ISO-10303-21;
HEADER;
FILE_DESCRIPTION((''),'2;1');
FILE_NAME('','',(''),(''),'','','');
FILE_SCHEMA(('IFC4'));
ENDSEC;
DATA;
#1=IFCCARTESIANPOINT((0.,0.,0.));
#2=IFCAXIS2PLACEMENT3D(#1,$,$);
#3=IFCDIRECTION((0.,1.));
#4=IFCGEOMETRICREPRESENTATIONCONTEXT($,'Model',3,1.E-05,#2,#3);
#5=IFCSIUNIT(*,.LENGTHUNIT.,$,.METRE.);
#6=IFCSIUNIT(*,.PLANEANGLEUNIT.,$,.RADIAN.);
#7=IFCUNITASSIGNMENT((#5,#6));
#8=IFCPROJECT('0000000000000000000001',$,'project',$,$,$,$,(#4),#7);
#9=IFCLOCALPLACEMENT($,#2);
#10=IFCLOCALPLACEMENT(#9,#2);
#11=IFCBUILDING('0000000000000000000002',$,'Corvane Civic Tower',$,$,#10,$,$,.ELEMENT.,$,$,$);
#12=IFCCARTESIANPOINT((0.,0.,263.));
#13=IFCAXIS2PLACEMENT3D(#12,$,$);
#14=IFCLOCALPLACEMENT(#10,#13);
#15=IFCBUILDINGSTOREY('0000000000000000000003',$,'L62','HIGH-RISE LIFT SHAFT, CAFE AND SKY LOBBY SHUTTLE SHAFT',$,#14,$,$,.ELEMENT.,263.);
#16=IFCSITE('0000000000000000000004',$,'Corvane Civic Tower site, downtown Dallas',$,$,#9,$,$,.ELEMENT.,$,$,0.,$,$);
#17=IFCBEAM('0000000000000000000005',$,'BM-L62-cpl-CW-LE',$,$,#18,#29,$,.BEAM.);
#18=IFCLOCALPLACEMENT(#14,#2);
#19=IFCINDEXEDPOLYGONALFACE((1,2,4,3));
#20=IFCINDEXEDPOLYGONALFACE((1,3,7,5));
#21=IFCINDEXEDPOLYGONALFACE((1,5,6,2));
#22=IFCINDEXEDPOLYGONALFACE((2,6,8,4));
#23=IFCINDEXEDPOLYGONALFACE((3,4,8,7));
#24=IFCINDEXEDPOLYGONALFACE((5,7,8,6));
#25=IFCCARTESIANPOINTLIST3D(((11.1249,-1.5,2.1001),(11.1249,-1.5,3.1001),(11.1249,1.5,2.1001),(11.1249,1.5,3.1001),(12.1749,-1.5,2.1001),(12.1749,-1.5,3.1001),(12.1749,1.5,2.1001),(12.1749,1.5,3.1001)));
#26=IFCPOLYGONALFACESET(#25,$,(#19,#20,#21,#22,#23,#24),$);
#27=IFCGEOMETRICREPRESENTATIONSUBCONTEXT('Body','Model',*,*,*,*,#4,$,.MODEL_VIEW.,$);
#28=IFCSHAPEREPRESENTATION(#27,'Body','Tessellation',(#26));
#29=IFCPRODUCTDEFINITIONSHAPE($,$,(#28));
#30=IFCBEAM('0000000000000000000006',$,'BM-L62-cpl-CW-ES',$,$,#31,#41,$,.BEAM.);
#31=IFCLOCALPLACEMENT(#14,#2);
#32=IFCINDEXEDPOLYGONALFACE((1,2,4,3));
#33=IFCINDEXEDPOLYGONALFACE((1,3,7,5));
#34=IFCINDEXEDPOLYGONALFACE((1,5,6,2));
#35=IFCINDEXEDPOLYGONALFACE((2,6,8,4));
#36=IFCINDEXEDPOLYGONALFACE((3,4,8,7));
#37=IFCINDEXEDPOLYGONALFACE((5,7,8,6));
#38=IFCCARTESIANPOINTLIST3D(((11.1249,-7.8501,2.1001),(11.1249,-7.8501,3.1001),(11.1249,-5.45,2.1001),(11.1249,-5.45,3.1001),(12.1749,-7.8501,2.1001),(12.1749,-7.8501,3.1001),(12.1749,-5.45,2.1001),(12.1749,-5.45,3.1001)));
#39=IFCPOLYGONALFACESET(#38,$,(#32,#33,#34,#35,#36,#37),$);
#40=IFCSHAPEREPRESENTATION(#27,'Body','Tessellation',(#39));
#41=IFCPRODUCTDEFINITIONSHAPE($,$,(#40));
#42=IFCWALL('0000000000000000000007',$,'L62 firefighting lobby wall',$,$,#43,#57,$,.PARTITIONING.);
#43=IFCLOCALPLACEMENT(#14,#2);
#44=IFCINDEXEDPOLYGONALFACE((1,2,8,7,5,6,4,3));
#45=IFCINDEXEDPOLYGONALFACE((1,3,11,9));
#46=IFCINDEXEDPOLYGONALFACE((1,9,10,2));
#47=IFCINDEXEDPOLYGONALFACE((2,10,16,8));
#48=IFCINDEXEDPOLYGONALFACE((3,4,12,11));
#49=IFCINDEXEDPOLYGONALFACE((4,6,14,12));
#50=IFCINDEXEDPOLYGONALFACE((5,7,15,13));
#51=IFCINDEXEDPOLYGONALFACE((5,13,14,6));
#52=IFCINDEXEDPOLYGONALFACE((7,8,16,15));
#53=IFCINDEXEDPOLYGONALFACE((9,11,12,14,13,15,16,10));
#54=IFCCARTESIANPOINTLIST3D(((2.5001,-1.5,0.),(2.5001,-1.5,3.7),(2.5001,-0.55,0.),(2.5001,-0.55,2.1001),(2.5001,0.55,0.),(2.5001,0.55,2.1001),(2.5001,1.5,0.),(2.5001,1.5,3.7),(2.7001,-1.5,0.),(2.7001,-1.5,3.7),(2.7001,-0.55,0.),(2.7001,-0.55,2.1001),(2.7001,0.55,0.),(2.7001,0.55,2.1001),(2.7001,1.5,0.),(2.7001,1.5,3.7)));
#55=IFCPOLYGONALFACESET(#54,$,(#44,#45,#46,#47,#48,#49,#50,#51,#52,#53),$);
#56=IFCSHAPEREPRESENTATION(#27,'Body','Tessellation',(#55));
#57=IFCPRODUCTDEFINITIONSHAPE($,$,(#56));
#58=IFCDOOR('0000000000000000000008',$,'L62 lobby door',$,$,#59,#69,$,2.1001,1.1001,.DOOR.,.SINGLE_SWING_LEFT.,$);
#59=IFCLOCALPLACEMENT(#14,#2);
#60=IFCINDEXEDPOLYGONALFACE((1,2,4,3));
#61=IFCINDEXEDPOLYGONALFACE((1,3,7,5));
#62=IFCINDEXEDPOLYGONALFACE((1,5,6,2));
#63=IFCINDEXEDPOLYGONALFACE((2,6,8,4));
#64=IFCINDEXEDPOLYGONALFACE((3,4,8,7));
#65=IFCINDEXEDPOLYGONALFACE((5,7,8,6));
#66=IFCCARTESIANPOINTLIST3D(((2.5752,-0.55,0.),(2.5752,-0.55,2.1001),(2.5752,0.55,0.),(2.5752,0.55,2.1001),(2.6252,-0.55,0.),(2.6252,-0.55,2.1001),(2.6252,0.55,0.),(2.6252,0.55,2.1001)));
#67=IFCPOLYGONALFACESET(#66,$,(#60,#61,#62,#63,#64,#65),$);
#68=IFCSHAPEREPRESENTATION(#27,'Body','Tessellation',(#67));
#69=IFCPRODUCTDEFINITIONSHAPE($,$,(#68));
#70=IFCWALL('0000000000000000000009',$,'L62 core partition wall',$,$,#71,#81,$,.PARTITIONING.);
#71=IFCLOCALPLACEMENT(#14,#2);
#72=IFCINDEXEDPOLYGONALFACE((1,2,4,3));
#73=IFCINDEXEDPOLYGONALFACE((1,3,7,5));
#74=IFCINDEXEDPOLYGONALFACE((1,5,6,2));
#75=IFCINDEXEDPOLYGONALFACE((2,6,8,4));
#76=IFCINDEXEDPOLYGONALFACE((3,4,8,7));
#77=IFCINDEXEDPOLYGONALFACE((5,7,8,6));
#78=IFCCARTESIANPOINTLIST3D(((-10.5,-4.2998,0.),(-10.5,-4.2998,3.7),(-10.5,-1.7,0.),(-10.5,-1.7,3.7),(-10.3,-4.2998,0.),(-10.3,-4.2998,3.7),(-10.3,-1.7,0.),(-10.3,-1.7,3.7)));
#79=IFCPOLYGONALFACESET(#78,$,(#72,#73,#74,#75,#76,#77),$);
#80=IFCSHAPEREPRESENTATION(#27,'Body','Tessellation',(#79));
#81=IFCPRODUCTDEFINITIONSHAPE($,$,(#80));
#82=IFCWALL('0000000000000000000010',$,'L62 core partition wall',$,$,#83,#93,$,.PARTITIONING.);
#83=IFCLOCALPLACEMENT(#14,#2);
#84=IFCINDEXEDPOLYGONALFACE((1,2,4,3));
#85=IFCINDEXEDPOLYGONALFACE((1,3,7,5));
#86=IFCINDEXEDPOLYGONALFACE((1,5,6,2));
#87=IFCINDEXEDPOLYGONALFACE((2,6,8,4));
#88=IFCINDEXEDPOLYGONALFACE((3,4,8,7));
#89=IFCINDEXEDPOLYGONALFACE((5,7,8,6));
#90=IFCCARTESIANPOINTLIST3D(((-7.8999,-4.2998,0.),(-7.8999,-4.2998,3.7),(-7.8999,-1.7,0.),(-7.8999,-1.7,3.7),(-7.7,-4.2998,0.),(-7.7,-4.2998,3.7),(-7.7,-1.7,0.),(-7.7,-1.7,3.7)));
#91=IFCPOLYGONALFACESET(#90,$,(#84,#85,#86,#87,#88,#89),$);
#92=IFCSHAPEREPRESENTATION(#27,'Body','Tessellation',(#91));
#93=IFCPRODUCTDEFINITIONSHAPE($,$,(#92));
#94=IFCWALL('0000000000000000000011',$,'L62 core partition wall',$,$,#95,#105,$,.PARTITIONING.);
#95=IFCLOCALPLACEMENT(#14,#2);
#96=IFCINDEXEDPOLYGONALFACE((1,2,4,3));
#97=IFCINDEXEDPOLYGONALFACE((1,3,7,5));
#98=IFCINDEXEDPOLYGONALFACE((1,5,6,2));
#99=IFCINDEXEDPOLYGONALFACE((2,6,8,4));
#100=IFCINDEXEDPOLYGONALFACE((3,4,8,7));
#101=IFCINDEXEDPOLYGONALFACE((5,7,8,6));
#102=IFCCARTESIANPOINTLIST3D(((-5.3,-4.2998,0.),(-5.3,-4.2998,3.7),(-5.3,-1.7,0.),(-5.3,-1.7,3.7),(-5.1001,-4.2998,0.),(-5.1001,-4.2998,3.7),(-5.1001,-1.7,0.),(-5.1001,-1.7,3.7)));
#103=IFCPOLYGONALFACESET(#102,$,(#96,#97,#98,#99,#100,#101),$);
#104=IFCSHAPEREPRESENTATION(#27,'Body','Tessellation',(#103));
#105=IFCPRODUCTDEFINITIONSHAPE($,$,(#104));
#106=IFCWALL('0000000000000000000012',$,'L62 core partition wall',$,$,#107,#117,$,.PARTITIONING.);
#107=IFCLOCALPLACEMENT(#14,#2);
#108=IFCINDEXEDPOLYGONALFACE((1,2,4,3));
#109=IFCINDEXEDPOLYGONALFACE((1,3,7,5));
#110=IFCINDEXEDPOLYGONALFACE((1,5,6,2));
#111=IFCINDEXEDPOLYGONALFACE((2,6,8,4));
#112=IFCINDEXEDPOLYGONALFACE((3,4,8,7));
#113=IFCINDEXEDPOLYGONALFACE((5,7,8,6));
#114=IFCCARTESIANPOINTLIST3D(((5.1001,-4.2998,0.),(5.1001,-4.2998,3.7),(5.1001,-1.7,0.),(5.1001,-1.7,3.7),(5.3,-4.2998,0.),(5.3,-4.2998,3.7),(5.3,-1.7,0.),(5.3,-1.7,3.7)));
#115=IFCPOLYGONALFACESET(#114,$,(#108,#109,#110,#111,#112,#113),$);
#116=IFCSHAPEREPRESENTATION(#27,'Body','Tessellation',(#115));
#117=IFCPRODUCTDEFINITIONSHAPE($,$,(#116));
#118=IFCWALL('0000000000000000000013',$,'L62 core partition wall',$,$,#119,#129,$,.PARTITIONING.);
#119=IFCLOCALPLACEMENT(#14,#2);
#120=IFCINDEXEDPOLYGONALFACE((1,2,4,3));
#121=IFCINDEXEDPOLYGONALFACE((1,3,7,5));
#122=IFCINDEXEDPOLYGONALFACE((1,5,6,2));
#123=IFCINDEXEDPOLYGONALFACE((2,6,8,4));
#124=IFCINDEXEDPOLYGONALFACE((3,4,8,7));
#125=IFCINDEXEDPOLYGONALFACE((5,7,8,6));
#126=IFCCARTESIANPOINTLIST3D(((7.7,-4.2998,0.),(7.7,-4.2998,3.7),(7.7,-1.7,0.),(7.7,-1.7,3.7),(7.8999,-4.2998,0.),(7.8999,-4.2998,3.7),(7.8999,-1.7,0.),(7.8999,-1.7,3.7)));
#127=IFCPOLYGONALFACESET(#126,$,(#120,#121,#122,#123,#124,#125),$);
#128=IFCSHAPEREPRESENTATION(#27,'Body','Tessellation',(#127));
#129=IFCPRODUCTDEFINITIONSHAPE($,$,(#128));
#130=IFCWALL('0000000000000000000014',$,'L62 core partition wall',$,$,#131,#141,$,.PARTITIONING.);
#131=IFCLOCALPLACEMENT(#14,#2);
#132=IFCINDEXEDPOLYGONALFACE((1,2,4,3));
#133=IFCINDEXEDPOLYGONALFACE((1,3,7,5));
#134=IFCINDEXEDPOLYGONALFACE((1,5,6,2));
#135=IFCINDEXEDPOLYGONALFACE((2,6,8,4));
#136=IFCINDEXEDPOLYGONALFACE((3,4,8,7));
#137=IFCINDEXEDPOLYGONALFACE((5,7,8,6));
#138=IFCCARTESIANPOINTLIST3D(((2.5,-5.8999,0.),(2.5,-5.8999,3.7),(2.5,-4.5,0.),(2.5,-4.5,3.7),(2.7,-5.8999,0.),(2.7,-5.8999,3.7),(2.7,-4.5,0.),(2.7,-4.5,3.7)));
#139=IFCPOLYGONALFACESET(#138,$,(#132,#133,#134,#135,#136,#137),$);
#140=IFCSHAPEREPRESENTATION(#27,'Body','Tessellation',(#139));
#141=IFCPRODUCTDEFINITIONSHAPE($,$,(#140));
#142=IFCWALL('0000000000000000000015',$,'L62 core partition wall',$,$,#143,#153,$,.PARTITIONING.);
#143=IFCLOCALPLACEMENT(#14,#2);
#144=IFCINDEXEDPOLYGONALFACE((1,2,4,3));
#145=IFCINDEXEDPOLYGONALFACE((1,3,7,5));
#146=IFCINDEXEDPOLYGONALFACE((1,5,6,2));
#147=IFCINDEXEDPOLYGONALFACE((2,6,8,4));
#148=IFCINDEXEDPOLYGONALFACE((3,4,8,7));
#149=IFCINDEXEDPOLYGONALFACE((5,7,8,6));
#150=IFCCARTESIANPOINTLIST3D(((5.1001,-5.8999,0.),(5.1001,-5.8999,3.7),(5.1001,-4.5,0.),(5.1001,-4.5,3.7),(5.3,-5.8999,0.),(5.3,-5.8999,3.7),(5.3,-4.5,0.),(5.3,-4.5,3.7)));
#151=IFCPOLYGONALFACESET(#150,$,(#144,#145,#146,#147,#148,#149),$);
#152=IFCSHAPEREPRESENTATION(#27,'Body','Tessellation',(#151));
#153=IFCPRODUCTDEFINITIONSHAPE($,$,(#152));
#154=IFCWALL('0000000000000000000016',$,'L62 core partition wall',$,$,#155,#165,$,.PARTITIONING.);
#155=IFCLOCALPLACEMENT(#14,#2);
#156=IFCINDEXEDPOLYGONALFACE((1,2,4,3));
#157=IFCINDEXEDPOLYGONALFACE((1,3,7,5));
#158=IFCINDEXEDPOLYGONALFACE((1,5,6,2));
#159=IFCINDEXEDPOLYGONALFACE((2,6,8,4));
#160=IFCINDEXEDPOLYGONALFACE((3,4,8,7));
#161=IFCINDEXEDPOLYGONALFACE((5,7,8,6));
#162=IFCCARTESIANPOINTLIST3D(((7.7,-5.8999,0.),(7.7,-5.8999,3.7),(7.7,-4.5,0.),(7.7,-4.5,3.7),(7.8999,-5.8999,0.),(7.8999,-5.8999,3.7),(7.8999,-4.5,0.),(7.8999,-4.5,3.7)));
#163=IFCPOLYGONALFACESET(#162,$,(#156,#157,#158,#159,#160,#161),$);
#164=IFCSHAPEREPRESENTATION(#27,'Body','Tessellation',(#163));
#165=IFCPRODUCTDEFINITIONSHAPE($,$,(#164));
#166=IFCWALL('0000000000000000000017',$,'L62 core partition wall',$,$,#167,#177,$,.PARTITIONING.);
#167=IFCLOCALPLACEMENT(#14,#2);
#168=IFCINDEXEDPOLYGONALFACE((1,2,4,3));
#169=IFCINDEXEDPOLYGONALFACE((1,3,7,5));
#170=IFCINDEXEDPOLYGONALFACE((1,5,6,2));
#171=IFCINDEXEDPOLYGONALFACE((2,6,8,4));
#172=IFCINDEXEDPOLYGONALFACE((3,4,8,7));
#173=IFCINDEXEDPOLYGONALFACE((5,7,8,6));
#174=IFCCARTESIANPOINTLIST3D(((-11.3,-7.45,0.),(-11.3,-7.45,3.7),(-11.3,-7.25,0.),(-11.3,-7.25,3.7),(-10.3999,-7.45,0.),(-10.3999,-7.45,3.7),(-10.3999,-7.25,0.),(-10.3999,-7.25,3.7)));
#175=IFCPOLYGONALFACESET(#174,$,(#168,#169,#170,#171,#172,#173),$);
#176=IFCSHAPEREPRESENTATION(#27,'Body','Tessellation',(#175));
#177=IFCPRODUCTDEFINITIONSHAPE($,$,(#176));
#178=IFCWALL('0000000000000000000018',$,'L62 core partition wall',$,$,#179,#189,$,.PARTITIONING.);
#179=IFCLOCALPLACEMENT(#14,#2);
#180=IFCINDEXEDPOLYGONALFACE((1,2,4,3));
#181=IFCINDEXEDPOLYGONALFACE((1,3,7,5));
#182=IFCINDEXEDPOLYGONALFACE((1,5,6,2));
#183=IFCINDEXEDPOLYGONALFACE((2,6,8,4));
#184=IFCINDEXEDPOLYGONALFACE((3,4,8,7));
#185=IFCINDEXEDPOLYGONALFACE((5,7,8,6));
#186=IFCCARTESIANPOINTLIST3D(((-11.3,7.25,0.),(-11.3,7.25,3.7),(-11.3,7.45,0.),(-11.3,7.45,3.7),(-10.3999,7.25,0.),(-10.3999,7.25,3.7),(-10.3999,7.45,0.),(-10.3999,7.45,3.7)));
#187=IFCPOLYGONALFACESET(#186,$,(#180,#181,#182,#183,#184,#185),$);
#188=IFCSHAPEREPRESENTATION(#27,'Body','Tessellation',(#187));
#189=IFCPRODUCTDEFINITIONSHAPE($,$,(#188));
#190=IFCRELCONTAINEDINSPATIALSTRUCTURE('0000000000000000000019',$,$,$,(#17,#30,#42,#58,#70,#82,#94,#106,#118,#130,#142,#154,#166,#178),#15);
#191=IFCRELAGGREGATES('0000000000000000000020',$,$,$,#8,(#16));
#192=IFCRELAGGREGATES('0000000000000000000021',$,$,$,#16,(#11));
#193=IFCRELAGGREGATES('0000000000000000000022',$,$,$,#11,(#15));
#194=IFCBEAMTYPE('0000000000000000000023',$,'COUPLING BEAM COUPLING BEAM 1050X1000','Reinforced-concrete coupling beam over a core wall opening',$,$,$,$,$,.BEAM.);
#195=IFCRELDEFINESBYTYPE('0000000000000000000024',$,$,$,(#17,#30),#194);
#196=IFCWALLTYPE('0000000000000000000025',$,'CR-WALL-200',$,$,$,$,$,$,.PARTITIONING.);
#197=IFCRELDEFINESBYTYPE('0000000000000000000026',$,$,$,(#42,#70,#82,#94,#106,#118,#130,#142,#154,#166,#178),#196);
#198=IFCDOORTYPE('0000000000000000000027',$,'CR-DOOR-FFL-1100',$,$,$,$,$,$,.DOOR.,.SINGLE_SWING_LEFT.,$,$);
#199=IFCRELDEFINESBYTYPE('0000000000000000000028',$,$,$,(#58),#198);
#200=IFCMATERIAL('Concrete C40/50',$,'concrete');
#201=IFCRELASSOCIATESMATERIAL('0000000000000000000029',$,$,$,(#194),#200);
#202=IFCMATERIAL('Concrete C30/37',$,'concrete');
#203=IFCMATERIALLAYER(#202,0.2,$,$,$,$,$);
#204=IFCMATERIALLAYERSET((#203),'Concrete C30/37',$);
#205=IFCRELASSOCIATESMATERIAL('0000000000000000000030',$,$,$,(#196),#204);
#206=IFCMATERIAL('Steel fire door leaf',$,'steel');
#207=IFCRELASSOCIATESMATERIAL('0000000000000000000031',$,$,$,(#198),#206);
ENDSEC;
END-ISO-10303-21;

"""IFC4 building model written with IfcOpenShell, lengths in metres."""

from ifc_helpers import new_model, si_unit, direction, frame, frame_2d, origin, origin_2d, place, context, subcontext, project, spatial, polyline, rectangle, outline, extrude, material, layer, layer_set, material_profile, profile_set, type_object, element, fill, save


model = new_model("IFC4")

# Units and contexts
model_context = context("Model", 3, precision=1e-05, world=origin(), true_north=direction((0.0, 1.0)))
body_context = subcontext(model_context, "Body", "Model", "MODEL_VIEW")
ifc_project = project(units=[si_unit("LENGTHUNIT", "METRE"), si_unit("PLANEANGLEUNIT", "RADIAN")], contexts=[model_context])

# Site, building, storey
site_placement = place(None, origin())
site = spatial("IfcSite", under=ifc_project, at=site_placement, Name="Corvane Civic Tower site, downtown Dallas", CompositionType="ELEMENT", RefElevation=0.0)
building_placement = place(site_placement, origin())
building = spatial("IfcBuilding", under=site, at=building_placement, Name="Corvane Civic Tower", CompositionType="ELEMENT")
storey_placement = place(building_placement, frame((0.0, 0.0, 263.0)))
storey = spatial("IfcBuildingStorey", under=building, at=storey_placement, Name="L62", Description="HIGH-RISE LIFT SHAFT, CAFE AND SKY LOBBY SHUTTLE SHAFT", CompositionType="ELEMENT", Elevation=263.0)

# Beams
ifc_material_1 = material(Name="Concrete C40/50", Category="concrete")
ifc_material_profile = material_profile(ifc_material_1, rectangle(XDim=1.05, YDim=1.0, at=origin_2d()), Name="COUPLING BEAM 1050X1000")
ifc_profile_set = profile_set([ifc_material_profile], Name="Concrete C40/50")
beam_type = type_object("IfcBeamType", Name="COUPLING BEAM COUPLING BEAM 1050X1000", Description="Reinforced-concrete coupling beam over a core wall opening", PredefinedType="BEAM", material=ifc_profile_set)
beam_1_placement = place(storey_placement, frame((11.6499, -1.5, 2.6001), z_axis=(0.0, 1.0, 0.0), x_axis=(-1.0, 0.0, 0.0)))
element("IfcBeam", 1, at=beam_1_placement, inside=storey, type_object=beam_type, Name="BM-L62-cpl-CW-LE", PredefinedType="BEAM", context=body_context, shape_type="SweptSolid", body=[
    extrude(rectangle(XDim=1.05, YDim=1.0, at=origin_2d()), origin(), (0.0, 0.0, 1.0), 3.0),
])
beam_2_placement = place(storey_placement, frame((11.6499, -7.8501, 2.6001), z_axis=(0.0, 1.0, 0.0), x_axis=(-1.0, 0.0, 0.0)))
element("IfcBeam", 2, at=beam_2_placement, inside=storey, type_object=beam_type, Name="BM-L62-cpl-CW-ES", PredefinedType="BEAM", context=body_context, shape_type="SweptSolid", body=[
    extrude(rectangle(XDim=1.05, YDim=1.0, at=origin_2d()), origin(), (0.0, 0.0, 1.0), 2.4001),
])

# Wall, opening, door
ifc_material_2 = material(Name="Concrete C30/37", Category="concrete")
ifc_layer_1 = layer(ifc_material_2, 0.2)
ifc_layer_set_1 = layer_set([ifc_layer_1], Name="Concrete C30/37")
wall_type_1 = type_object("IfcWallType", Name="CR-WALL-200", PredefinedType="PARTITIONING", material=ifc_layer_set_1)
wall_1_placement = place(storey_placement, frame((2.6001, -1.5, 0.0), z_axis=(0.0, 0.0, 1.0), x_axis=(0.0, 1.0, 0.0)))
wall_1 = element("IfcWall", 3, at=wall_1_placement, inside=storey, type_object=wall_type_1, Name="L62 firefighting lobby wall", PredefinedType="PARTITIONING", context=body_context, shape_type="SweptSolid", body=[
    extrude(rectangle(XDim=3.0, YDim=0.2, at=frame_2d((1.5, 0.0))), origin(), (0.0, 0.0, 1.0), 3.7),
])
opening_1_placement = place(wall_1_placement, frame((0.95, 0.0, 0.0)))
opening_1 = element("IfcOpeningElement", 4, at=opening_1_placement, cuts=wall_1, PredefinedType="OPENING", context=body_context, shape_type="SweptSolid", body=[
    extrude(rectangle(XDim=1.1001, YDim=2.1001, at=frame_2d((0.55, 1.05))), frame((0.0, 0.1099, 0.0), z_axis=(0.0, -1.0, 0.0), x_axis=(1.0, 0.0, 0.0)), (0.0, 0.0, 1.0), 0.22),
])
ifc_material_3 = material(Name="Steel fire door leaf", Category="steel")
door_type_1 = type_object("IfcDoorType", Name="CR-DOOR-FFL-1100", OperationType="SINGLE_SWING_LEFT", PredefinedType="DOOR", material=ifc_material_3)
door_1_placement = place(opening_1_placement, origin())
door_1 = element("IfcDoor", 5, at=door_1_placement, inside=storey, type_object=door_type_1, Name="L62 lobby door", OperationType="SINGLE_SWING_LEFT", OverallHeight=2.1001, OverallWidth=1.1001, PredefinedType="DOOR", context=body_context, shape_type="SweptSolid", body=[
    extrude(rectangle(XDim=1.1001, YDim=2.1001, at=frame_2d((0.55, 1.05))), frame((0.0, 0.0249, 0.0), z_axis=(0.0, -1.0, 0.0), x_axis=(1.0, 0.0, 0.0)), (0.0, 0.0, 1.0), 0.05),
])
fill(opening_1, door_1)

# Walls
wall_2_placement = place(storey_placement, origin())
element("IfcWall", 6, at=wall_2_placement, inside=storey, type_object=wall_type_1, Name="L62 core partition wall", PredefinedType="PARTITIONING", context=body_context, shape_type="SweptSolid", body=[
    extrude(outline(polyline([(-10.3, -1.7), (-10.3, -4.2998), (-10.5, -4.2998), (-10.5, -1.7), (-10.3, -1.7)])), origin(), (0.0, 0.0, 1.0), 3.7),
])
wall_3_placement = place(storey_placement, origin())
element("IfcWall", 7, at=wall_3_placement, inside=storey, type_object=wall_type_1, Name="L62 core partition wall", PredefinedType="PARTITIONING", context=body_context, shape_type="SweptSolid", body=[
    extrude(outline(polyline([(-7.7, -1.7), (-7.7, -4.2998), (-7.8999, -4.2998), (-7.8999, -1.7), (-7.7, -1.7)])), origin(), (0.0, 0.0, 1.0), 3.7),
])
wall_4_placement = place(storey_placement, origin())
element("IfcWall", 8, at=wall_4_placement, inside=storey, type_object=wall_type_1, Name="L62 core partition wall", PredefinedType="PARTITIONING", context=body_context, shape_type="SweptSolid", body=[
    extrude(outline(polyline([(-5.1001, -1.7), (-5.1001, -4.2998), (-5.3, -4.2998), (-5.3, -1.7), (-5.1001, -1.7)])), origin(), (0.0, 0.0, 1.0), 3.7),
])
wall_5_placement = place(storey_placement, origin())
element("IfcWall", 9, at=wall_5_placement, inside=storey, type_object=wall_type_1, Name="L62 core partition wall", PredefinedType="PARTITIONING", context=body_context, shape_type="SweptSolid", body=[
    extrude(outline(polyline([(5.3, -1.7), (5.3, -4.2998), (5.1001, -4.2998), (5.1001, -1.7), (5.3, -1.7)])), origin(), (0.0, 0.0, 1.0), 3.7),
])
wall_6_placement = place(storey_placement, origin())
element("IfcWall", 10, at=wall_6_placement, inside=storey, type_object=wall_type_1, Name="L62 core partition wall", PredefinedType="PARTITIONING", context=body_context, shape_type="SweptSolid", body=[
    extrude(outline(polyline([(7.8999, -1.7), (7.8999, -4.2998), (7.7, -4.2998), (7.7, -1.7), (7.8999, -1.7)])), origin(), (0.0, 0.0, 1.0), 3.7),
])
wall_7_placement = place(storey_placement, origin())
element("IfcWall", 11, at=wall_7_placement, inside=storey, type_object=wall_type_1, Name="L62 core partition wall", PredefinedType="PARTITIONING", context=body_context, shape_type="SweptSolid", body=[
    extrude(outline(polyline([(2.7, -5.8999), (2.5, -5.8999), (2.5, -4.5), (2.7, -4.5), (2.7, -5.8999)])), origin(), (0.0, 0.0, 1.0), 3.7),
])
wall_8_placement = place(storey_placement, origin())
element("IfcWall", 12, at=wall_8_placement, inside=storey, type_object=wall_type_1, Name="L62 core partition wall", PredefinedType="PARTITIONING", context=body_context, shape_type="SweptSolid", body=[
    extrude(outline(polyline([(5.3, -5.8999), (5.1001, -5.8999), (5.1001, -4.5), (5.3, -4.5), (5.3, -5.8999)])), origin(), (0.0, 0.0, 1.0), 3.7),
])
wall_9_placement = place(storey_placement, origin())
element("IfcWall", 13, at=wall_9_placement, inside=storey, type_object=wall_type_1, Name="L62 core partition wall", PredefinedType="PARTITIONING", context=body_context, shape_type="SweptSolid", body=[
    extrude(outline(polyline([(7.8999, -5.8999), (7.7, -5.8999), (7.7, -4.5), (7.8999, -4.5), (7.8999, -5.8999)])), origin(), (0.0, 0.0, 1.0), 3.7),
])
wall_10_placement = place(storey_placement, origin())
element("IfcWall", 14, at=wall_10_placement, inside=storey, type_object=wall_type_1, Name="L62 core partition wall", PredefinedType="PARTITIONING", context=body_context, shape_type="SweptSolid", body=[
    extrude(outline(polyline([(-10.3999, -7.45), (-11.3, -7.45), (-11.3, -7.25), (-10.3999, -7.25), (-10.3999, -7.45)])), origin(), (0.0, 0.0, 1.0), 3.7),
])
wall_11_placement = place(storey_placement, origin())
element("IfcWall", 15, at=wall_11_placement, inside=storey, type_object=wall_type_1, Name="L62 core partition wall", PredefinedType="PARTITIONING", context=body_context, shape_type="SweptSolid", body=[
    extrude(outline(polyline([(-11.3, 7.25), (-11.3, 7.45), (-10.3999, 7.45), (-10.3999, 7.25), (-11.3, 7.25)])), origin(), (0.0, 0.0, 1.0), 3.7),
])

save(model, "model.ifc")
